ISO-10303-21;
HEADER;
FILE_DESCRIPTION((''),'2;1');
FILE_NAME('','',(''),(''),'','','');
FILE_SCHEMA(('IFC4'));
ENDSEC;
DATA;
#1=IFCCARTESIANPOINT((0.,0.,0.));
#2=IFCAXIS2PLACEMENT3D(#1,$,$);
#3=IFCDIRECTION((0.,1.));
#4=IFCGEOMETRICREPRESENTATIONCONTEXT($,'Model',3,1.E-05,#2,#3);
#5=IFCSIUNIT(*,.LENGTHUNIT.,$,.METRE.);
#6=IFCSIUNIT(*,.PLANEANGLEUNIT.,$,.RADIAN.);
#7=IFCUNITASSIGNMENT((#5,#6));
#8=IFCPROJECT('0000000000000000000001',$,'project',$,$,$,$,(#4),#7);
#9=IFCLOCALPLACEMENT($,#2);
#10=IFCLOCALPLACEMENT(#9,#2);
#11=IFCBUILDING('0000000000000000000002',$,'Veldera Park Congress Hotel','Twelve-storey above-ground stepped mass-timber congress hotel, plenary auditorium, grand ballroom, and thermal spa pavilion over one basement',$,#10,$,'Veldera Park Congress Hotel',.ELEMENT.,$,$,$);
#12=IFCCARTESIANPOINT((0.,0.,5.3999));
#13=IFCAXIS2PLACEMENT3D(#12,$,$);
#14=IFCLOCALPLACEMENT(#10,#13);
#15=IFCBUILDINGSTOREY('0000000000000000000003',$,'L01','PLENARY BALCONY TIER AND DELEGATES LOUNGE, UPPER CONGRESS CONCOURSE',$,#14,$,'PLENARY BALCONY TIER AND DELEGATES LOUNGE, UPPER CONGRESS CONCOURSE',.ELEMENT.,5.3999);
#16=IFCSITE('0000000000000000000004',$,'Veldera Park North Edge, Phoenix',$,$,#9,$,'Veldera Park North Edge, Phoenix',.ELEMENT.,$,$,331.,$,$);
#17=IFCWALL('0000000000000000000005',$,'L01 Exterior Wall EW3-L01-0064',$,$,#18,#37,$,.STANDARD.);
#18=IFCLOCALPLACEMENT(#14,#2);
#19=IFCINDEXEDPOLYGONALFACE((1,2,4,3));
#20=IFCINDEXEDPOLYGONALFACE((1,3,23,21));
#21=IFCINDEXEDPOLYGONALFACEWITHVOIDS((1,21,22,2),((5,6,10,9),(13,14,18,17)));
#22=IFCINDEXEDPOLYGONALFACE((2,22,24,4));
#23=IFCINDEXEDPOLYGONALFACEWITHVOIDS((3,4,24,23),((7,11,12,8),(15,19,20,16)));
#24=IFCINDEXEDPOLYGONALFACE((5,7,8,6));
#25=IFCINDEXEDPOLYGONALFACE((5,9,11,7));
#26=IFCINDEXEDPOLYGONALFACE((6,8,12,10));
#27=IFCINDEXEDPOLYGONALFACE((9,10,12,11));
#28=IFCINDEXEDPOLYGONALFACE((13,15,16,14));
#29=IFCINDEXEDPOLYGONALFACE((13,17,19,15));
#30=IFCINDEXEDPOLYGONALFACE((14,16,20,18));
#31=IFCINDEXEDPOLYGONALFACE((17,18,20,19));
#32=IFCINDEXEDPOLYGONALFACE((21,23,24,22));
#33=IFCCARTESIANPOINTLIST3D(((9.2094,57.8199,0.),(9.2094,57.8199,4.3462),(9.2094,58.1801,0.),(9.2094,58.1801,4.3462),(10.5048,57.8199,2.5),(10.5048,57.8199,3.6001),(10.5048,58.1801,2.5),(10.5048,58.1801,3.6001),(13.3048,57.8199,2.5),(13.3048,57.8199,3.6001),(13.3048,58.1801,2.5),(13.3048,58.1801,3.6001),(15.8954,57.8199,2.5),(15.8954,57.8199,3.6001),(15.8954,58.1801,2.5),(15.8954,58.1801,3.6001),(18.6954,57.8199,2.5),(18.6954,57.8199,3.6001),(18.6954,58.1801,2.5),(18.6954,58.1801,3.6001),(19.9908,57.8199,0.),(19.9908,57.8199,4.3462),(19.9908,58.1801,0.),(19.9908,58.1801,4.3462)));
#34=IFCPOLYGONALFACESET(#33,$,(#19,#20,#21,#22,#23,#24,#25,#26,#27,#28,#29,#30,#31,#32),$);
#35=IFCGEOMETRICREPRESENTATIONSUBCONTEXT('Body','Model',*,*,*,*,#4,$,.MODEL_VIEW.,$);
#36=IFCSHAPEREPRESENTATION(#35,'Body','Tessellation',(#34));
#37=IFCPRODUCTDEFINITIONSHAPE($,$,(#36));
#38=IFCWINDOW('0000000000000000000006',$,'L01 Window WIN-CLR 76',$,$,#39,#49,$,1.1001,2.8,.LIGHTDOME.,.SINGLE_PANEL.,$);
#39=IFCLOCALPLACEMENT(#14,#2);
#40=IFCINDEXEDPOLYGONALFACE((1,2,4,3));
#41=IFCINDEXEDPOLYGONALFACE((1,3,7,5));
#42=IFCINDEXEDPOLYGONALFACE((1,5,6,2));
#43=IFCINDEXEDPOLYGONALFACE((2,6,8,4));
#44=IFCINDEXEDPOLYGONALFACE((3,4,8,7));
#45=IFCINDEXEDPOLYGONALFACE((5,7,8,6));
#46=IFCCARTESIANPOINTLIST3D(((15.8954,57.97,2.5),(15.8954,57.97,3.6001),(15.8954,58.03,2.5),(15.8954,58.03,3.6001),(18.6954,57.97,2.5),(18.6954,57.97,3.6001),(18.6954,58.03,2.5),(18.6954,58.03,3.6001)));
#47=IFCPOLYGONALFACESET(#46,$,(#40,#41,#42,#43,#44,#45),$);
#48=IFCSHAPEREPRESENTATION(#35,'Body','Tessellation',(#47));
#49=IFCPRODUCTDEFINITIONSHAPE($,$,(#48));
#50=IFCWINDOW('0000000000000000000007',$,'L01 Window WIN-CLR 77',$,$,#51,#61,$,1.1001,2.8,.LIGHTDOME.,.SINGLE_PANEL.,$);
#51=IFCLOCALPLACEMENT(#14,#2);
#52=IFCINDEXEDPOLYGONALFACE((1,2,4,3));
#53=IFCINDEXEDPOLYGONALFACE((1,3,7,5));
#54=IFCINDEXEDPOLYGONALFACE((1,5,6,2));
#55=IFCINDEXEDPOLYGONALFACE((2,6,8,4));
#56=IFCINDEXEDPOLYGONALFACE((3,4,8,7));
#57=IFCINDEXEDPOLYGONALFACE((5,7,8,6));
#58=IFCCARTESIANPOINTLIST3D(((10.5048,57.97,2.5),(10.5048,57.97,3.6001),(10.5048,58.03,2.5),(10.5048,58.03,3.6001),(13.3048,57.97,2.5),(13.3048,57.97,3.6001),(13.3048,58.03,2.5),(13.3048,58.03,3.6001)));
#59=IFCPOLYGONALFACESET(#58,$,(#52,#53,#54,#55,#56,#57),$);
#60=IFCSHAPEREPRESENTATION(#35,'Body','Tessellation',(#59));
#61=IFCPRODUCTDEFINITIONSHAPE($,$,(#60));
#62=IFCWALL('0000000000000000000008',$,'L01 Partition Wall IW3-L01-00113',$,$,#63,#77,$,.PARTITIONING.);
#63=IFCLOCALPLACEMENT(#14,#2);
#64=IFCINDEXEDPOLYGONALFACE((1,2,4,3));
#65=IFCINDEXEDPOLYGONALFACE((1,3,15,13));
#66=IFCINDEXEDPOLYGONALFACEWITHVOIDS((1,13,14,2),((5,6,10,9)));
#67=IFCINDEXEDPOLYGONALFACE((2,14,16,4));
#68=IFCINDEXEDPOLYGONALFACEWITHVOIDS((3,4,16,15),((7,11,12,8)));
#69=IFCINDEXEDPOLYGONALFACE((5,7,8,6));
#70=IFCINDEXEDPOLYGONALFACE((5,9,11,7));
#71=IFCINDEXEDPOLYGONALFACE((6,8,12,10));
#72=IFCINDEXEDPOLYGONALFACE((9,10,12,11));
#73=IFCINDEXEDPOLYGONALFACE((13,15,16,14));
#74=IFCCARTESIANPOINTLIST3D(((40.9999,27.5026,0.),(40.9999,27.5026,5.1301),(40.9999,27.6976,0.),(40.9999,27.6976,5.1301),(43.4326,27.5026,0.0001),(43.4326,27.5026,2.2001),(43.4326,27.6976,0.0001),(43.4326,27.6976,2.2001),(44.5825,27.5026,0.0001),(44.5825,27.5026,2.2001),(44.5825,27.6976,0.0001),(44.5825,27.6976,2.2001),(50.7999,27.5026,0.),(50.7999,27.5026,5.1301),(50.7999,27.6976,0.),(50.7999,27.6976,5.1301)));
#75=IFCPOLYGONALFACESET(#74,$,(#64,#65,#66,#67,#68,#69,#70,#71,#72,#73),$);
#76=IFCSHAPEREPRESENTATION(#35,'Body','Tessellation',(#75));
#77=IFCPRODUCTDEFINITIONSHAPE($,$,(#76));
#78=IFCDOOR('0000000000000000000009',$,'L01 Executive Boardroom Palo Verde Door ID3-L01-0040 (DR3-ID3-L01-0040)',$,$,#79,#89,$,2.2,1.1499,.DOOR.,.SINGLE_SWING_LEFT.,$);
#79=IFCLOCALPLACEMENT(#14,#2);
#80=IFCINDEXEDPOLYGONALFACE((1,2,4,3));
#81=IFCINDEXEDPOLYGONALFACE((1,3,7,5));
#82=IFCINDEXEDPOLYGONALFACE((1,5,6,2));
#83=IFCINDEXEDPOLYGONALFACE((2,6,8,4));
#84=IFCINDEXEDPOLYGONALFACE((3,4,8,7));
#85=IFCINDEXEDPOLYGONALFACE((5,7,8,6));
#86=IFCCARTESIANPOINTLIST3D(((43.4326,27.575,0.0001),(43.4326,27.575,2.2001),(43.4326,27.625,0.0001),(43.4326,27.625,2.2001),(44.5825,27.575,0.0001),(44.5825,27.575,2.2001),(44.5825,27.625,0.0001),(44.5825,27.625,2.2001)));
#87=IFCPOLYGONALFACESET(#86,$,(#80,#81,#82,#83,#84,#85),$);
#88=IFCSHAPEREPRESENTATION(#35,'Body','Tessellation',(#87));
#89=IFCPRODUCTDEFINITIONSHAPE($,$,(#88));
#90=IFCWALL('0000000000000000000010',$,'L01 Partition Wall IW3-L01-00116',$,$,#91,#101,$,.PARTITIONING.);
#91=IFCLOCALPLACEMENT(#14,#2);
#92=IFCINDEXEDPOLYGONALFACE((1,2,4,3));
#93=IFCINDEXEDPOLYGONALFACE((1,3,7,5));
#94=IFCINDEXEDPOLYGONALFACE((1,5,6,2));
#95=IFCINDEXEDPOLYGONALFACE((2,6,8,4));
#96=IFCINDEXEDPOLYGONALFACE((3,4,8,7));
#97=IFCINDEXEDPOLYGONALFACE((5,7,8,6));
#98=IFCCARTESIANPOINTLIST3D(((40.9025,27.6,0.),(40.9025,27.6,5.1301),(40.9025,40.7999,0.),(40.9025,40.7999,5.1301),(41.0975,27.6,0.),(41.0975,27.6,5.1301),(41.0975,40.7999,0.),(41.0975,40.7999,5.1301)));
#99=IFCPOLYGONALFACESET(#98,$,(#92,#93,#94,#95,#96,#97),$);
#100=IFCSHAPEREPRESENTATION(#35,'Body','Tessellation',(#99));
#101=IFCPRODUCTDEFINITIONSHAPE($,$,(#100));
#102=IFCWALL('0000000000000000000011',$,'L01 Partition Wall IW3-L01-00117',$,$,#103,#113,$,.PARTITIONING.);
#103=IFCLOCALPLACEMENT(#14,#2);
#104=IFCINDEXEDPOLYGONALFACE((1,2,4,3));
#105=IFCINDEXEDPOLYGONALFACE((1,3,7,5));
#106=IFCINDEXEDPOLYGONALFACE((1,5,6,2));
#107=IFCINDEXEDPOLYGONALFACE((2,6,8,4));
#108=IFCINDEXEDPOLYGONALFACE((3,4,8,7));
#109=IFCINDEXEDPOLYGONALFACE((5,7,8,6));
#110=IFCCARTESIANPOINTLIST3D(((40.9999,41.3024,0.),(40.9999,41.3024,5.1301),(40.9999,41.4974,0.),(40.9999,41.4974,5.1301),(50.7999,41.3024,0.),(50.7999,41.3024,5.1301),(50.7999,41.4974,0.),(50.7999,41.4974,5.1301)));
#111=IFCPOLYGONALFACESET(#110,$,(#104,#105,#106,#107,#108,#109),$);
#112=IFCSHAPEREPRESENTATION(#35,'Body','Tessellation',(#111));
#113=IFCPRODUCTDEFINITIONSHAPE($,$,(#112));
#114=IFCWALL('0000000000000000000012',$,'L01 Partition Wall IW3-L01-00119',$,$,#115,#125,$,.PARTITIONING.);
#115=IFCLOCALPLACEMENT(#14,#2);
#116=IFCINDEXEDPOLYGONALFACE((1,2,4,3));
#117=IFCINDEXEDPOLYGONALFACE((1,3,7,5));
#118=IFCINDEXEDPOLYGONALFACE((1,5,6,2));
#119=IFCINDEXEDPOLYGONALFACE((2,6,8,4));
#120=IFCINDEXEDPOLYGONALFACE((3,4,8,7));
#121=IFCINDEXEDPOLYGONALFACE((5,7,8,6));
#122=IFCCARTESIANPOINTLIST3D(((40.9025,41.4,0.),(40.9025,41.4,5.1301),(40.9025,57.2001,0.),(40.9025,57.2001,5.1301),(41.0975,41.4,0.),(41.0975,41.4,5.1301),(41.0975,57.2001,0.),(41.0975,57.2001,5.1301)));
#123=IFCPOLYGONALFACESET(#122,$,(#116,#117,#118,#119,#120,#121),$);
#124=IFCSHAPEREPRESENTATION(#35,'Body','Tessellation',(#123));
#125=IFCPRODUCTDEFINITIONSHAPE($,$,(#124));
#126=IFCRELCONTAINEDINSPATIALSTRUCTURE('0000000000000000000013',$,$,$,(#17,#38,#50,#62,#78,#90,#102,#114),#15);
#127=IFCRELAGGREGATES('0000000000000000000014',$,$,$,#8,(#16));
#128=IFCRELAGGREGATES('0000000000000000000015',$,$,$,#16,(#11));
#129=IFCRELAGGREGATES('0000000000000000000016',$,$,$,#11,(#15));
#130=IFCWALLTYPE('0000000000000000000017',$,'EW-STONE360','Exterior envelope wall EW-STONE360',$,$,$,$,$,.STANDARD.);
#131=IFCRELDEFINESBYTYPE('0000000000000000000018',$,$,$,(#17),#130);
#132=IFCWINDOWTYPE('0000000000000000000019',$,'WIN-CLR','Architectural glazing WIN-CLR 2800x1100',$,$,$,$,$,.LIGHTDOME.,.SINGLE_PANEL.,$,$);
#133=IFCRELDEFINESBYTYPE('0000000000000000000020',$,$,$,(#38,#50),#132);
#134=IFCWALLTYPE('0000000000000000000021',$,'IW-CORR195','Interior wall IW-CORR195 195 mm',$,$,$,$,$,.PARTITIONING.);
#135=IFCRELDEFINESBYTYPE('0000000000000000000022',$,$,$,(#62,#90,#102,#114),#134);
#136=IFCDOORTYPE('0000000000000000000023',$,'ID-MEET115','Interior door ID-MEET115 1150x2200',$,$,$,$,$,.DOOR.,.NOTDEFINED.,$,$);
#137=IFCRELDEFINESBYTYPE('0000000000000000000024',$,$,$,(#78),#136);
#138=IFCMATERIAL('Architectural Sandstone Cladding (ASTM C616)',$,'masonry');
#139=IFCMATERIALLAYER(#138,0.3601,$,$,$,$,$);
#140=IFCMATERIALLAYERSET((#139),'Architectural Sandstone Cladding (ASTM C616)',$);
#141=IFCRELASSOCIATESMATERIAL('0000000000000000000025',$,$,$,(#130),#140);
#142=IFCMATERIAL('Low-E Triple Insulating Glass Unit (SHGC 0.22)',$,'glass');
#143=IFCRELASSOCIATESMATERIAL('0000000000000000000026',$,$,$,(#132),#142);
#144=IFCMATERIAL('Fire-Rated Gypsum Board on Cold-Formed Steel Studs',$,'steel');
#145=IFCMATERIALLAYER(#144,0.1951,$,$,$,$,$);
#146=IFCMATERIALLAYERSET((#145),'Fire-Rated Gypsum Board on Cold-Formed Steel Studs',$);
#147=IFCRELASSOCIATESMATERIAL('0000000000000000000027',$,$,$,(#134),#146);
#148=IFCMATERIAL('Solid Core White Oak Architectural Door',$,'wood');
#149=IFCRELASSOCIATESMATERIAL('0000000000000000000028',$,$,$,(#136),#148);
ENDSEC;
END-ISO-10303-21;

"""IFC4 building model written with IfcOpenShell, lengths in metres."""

from ifc_helpers import new_model, si_unit, direction, frame, frame_2d, origin, place, context, subcontext, project, spatial, rectangle, extrude, material, layer, layer_set, type_object, element, fill, save


model = new_model("IFC4")

# Units and contexts
model_context = context("Model", 3, precision=1e-05, world=origin(), true_north=direction((0.0, 1.0)))
body_context = subcontext(model_context, "Body", "Model", "MODEL_VIEW")
ifc_project = project(units=[si_unit("LENGTHUNIT", "METRE"), si_unit("PLANEANGLEUNIT", "RADIAN")], contexts=[model_context])

# Site, building, storey
site_placement = place(None, origin())
site = spatial("IfcSite", under=ifc_project, at=site_placement, Name="Veldera Park North Edge, Phoenix", LongName="Veldera Park North Edge, Phoenix", CompositionType="ELEMENT", RefElevation=331.0)
building_placement = place(site_placement, origin())
building = spatial("IfcBuilding", under=site, at=building_placement, Name="Veldera Park Congress Hotel", Description="Twelve-storey above-ground stepped mass-timber congress hotel, plenary auditorium, grand ballroom, and thermal spa pavilion over one basement", LongName="Veldera Park Congress Hotel", CompositionType="ELEMENT")
storey_placement = place(building_placement, frame((0.0, 0.0, 5.3999)))
storey = spatial("IfcBuildingStorey", under=building, at=storey_placement, Name="L01", Description="PLENARY BALCONY TIER AND DELEGATES LOUNGE, UPPER CONGRESS CONCOURSE", LongName="PLENARY BALCONY TIER AND DELEGATES LOUNGE, UPPER CONGRESS CONCOURSE", CompositionType="ELEMENT", Elevation=5.3999)

# Wall, openings, windows
ifc_material_1 = material(Name="Architectural Sandstone Cladding (ASTM C616)", Category="masonry")
ifc_layer_1 = layer(ifc_material_1, 0.3601)
ifc_layer_set_1 = layer_set([ifc_layer_1], Name="Architectural Sandstone Cladding (ASTM C616)")
wall_type_1 = type_object("IfcWallType", Name="EW-STONE360", Description="Exterior envelope wall EW-STONE360", PredefinedType="STANDARD", material=ifc_layer_set_1)
ifc_material_2 = material(Name="Low-E Triple Insulating Glass Unit (SHGC 0.22)", Category="glass")
window_type = type_object("IfcWindowType", Name="WIN-CLR", Description="Architectural glazing WIN-CLR 2800x1100", PartitioningType="SINGLE_PANEL", PredefinedType="LIGHTDOME", material=ifc_material_2)
wall_1_placement = place(storey_placement, frame((19.9907, 58.0, 0.0), z_axis=(0.0, 0.0, 1.0), x_axis=(-1.0, 0.0, 0.0)))
wall_1 = element("IfcWall", 1, at=wall_1_placement, inside=storey, type_object=wall_type_1, Name="L01 Exterior Wall EW3-L01-0064", PredefinedType="STANDARD", context=body_context, shape_type="SweptSolid", body=[
    extrude(rectangle(XDim=10.7815, YDim=0.3601, at=frame_2d((5.3906, 0.0))), origin(), (0.0, 0.0, 1.0), 4.3462),
])
opening_1_placement = place(wall_1_placement, frame((1.2954, 0.0, 2.5)))
opening_1 = element("IfcOpeningElement", 2, at=opening_1_placement, cuts=wall_1, PredefinedType="OPENING", context=body_context, shape_type="SweptSolid", body=[
    extrude(rectangle(XDim=2.8, YDim=1.1001, at=frame_2d((1.3999, 0.55))), frame((0.0, 0.1921, 0.0), z_axis=(0.0, -1.0, 0.0), x_axis=(1.0, 0.0, 0.0)), (0.0, 0.0, 1.0), 0.384),
])
opening_2_placement = place(wall_1_placement, frame((6.686, 0.0, 2.5)))
opening_2 = element("IfcOpeningElement", 3, at=opening_2_placement, cuts=wall_1, PredefinedType="OPENING", context=body_context, shape_type="SweptSolid", body=[
    extrude(rectangle(XDim=2.8, YDim=1.1001, at=frame_2d((1.3999, 0.55))), frame((0.0, 0.1921, 0.0), z_axis=(0.0, -1.0, 0.0), x_axis=(1.0, 0.0, 0.0)), (0.0, 0.0, 1.0), 0.384),
])
window_1_placement = place(opening_1_placement, origin())
window_1 = element("IfcWindow", 4, at=window_1_placement, inside=storey, type_object=window_type, Name="L01 Window WIN-CLR 76", OverallHeight=1.1001, OverallWidth=2.8, PartitioningType="SINGLE_PANEL", PredefinedType="LIGHTDOME", context=body_context, shape_type="SweptSolid", body=[
    extrude(rectangle(XDim=2.8, YDim=1.1001, at=frame_2d((1.3999, 0.55))), frame((0.0, 0.03, 0.0), z_axis=(0.0, -1.0, 0.0), x_axis=(1.0, 0.0, 0.0)), (0.0, 0.0, 1.0), 0.0601),
])
fill(opening_1, window_1)
window_2_placement = place(opening_2_placement, origin())
window_2 = element("IfcWindow", 5, at=window_2_placement, inside=storey, type_object=window_type, Name="L01 Window WIN-CLR 77", OverallHeight=1.1001, OverallWidth=2.8, PartitioningType="SINGLE_PANEL", PredefinedType="LIGHTDOME", context=body_context, shape_type="SweptSolid", body=[
    extrude(rectangle(XDim=2.8, YDim=1.1001, at=frame_2d((1.3999, 0.55))), frame((0.0, 0.03, 0.0), z_axis=(0.0, -1.0, 0.0), x_axis=(1.0, 0.0, 0.0)), (0.0, 0.0, 1.0), 0.0601),
])
fill(opening_2, window_2)

# Wall, opening, door
ifc_material_3 = material(Name="Fire-Rated Gypsum Board on Cold-Formed Steel Studs", Category="steel")
ifc_layer_2 = layer(ifc_material_3, 0.1951)
ifc_layer_set_2 = layer_set([ifc_layer_2], Name="Fire-Rated Gypsum Board on Cold-Formed Steel Studs")
wall_type_2 = type_object("IfcWallType", Name="IW-CORR195", Description="Interior wall IW-CORR195 195 mm", PredefinedType="PARTITIONING", material=ifc_layer_set_2)
wall_2_placement = place(storey_placement, frame((41.0, 27.6001, 0.0), z_axis=(0.0, 0.0, 1.0), x_axis=(1.0, 0.0, 0.0)))
wall_2 = element("IfcWall", 6, at=wall_2_placement, inside=storey, type_object=wall_type_2, Name="L01 Partition Wall IW3-L01-00113", PredefinedType="PARTITIONING", context=body_context, shape_type="SweptSolid", body=[
    extrude(rectangle(XDim=9.8, YDim=0.1951, at=frame_2d((4.8999, 0.0))), origin(), (0.0, 0.0, 1.0), 5.1301),
])
opening_3_placement = place(wall_2_placement, frame((2.4326, 0.0, 0.0)))
opening_3 = element("IfcOpeningElement", 7, at=opening_3_placement, cuts=wall_2, PredefinedType="OPENING", context=body_context, shape_type="SweptSolid", body=[
    extrude(rectangle(XDim=1.1499, YDim=2.2, at=frame_2d((0.575, 1.1001))), frame((0.0, 0.1096, 0.0), z_axis=(0.0, -1.0, 0.0), x_axis=(1.0, 0.0, 0.0)), (0.0, 0.0, 1.0), 0.219),
])
ifc_material_4 = material(Name="Solid Core White Oak Architectural Door", Category="wood")
door_type = type_object("IfcDoorType", Name="ID-MEET115", Description="Interior door ID-MEET115 1150x2200", OperationType="NOTDEFINED", PredefinedType="DOOR", material=ifc_material_4)
door_placement = place(opening_3_placement, origin())
door = element("IfcDoor", 8, at=door_placement, inside=storey, type_object=door_type, Name="L01 Executive Boardroom Palo Verde Door ID3-L01-0040 (DR3-ID3-L01-0040)", OperationType="SINGLE_SWING_LEFT", OverallHeight=2.2, OverallWidth=1.1499, PredefinedType="DOOR", context=body_context, shape_type="SweptSolid", body=[
    extrude(rectangle(XDim=1.1499, YDim=2.2, at=frame_2d((0.575, 1.1001))), frame((0.0, 0.0249, 0.0), z_axis=(0.0, -1.0, 0.0), x_axis=(1.0, 0.0, 0.0)), (0.0, 0.0, 1.0), 0.05),
])
fill(opening_3, door)

# Walls
wall_3_placement = place(storey_placement, frame((41.0, 40.8, 0.0), z_axis=(0.0, 0.0, 1.0), x_axis=(0.0, -1.0, 0.0)))
element("IfcWall", 9, at=wall_3_placement, inside=storey, type_object=wall_type_2, Name="L01 Partition Wall IW3-L01-00116", PredefinedType="PARTITIONING", context=body_context, shape_type="SweptSolid", body=[
    extrude(rectangle(XDim=13.2, YDim=0.1951, at=frame_2d((6.6001, 0.0))), origin(), (0.0, 0.0, 1.0), 5.1301),
])
wall_4_placement = place(storey_placement, frame((41.0, 41.3999, 0.0), z_axis=(0.0, 0.0, 1.0), x_axis=(1.0, 0.0, 0.0)))
element("IfcWall", 10, at=wall_4_placement, inside=storey, type_object=wall_type_2, Name="L01 Partition Wall IW3-L01-00117", PredefinedType="PARTITIONING", context=body_context, shape_type="SweptSolid", body=[
    extrude(rectangle(XDim=9.8, YDim=0.1951, at=frame_2d((4.8999, 0.0))), origin(), (0.0, 0.0, 1.0), 5.1301),
])
wall_5_placement = place(storey_placement, frame((41.0, 57.2, 0.0), z_axis=(0.0, 0.0, 1.0), x_axis=(0.0, -1.0, 0.0)))
element("IfcWall", 11, at=wall_5_placement, inside=storey, type_object=wall_type_2, Name="L01 Partition Wall IW3-L01-00119", PredefinedType="PARTITIONING", context=body_context, shape_type="SweptSolid", body=[
    extrude(rectangle(XDim=15.8, YDim=0.1951, at=frame_2d((7.8999, 0.0))), origin(), (0.0, 0.0, 1.0), 5.1301),
])

save(model, "model.ifc")
